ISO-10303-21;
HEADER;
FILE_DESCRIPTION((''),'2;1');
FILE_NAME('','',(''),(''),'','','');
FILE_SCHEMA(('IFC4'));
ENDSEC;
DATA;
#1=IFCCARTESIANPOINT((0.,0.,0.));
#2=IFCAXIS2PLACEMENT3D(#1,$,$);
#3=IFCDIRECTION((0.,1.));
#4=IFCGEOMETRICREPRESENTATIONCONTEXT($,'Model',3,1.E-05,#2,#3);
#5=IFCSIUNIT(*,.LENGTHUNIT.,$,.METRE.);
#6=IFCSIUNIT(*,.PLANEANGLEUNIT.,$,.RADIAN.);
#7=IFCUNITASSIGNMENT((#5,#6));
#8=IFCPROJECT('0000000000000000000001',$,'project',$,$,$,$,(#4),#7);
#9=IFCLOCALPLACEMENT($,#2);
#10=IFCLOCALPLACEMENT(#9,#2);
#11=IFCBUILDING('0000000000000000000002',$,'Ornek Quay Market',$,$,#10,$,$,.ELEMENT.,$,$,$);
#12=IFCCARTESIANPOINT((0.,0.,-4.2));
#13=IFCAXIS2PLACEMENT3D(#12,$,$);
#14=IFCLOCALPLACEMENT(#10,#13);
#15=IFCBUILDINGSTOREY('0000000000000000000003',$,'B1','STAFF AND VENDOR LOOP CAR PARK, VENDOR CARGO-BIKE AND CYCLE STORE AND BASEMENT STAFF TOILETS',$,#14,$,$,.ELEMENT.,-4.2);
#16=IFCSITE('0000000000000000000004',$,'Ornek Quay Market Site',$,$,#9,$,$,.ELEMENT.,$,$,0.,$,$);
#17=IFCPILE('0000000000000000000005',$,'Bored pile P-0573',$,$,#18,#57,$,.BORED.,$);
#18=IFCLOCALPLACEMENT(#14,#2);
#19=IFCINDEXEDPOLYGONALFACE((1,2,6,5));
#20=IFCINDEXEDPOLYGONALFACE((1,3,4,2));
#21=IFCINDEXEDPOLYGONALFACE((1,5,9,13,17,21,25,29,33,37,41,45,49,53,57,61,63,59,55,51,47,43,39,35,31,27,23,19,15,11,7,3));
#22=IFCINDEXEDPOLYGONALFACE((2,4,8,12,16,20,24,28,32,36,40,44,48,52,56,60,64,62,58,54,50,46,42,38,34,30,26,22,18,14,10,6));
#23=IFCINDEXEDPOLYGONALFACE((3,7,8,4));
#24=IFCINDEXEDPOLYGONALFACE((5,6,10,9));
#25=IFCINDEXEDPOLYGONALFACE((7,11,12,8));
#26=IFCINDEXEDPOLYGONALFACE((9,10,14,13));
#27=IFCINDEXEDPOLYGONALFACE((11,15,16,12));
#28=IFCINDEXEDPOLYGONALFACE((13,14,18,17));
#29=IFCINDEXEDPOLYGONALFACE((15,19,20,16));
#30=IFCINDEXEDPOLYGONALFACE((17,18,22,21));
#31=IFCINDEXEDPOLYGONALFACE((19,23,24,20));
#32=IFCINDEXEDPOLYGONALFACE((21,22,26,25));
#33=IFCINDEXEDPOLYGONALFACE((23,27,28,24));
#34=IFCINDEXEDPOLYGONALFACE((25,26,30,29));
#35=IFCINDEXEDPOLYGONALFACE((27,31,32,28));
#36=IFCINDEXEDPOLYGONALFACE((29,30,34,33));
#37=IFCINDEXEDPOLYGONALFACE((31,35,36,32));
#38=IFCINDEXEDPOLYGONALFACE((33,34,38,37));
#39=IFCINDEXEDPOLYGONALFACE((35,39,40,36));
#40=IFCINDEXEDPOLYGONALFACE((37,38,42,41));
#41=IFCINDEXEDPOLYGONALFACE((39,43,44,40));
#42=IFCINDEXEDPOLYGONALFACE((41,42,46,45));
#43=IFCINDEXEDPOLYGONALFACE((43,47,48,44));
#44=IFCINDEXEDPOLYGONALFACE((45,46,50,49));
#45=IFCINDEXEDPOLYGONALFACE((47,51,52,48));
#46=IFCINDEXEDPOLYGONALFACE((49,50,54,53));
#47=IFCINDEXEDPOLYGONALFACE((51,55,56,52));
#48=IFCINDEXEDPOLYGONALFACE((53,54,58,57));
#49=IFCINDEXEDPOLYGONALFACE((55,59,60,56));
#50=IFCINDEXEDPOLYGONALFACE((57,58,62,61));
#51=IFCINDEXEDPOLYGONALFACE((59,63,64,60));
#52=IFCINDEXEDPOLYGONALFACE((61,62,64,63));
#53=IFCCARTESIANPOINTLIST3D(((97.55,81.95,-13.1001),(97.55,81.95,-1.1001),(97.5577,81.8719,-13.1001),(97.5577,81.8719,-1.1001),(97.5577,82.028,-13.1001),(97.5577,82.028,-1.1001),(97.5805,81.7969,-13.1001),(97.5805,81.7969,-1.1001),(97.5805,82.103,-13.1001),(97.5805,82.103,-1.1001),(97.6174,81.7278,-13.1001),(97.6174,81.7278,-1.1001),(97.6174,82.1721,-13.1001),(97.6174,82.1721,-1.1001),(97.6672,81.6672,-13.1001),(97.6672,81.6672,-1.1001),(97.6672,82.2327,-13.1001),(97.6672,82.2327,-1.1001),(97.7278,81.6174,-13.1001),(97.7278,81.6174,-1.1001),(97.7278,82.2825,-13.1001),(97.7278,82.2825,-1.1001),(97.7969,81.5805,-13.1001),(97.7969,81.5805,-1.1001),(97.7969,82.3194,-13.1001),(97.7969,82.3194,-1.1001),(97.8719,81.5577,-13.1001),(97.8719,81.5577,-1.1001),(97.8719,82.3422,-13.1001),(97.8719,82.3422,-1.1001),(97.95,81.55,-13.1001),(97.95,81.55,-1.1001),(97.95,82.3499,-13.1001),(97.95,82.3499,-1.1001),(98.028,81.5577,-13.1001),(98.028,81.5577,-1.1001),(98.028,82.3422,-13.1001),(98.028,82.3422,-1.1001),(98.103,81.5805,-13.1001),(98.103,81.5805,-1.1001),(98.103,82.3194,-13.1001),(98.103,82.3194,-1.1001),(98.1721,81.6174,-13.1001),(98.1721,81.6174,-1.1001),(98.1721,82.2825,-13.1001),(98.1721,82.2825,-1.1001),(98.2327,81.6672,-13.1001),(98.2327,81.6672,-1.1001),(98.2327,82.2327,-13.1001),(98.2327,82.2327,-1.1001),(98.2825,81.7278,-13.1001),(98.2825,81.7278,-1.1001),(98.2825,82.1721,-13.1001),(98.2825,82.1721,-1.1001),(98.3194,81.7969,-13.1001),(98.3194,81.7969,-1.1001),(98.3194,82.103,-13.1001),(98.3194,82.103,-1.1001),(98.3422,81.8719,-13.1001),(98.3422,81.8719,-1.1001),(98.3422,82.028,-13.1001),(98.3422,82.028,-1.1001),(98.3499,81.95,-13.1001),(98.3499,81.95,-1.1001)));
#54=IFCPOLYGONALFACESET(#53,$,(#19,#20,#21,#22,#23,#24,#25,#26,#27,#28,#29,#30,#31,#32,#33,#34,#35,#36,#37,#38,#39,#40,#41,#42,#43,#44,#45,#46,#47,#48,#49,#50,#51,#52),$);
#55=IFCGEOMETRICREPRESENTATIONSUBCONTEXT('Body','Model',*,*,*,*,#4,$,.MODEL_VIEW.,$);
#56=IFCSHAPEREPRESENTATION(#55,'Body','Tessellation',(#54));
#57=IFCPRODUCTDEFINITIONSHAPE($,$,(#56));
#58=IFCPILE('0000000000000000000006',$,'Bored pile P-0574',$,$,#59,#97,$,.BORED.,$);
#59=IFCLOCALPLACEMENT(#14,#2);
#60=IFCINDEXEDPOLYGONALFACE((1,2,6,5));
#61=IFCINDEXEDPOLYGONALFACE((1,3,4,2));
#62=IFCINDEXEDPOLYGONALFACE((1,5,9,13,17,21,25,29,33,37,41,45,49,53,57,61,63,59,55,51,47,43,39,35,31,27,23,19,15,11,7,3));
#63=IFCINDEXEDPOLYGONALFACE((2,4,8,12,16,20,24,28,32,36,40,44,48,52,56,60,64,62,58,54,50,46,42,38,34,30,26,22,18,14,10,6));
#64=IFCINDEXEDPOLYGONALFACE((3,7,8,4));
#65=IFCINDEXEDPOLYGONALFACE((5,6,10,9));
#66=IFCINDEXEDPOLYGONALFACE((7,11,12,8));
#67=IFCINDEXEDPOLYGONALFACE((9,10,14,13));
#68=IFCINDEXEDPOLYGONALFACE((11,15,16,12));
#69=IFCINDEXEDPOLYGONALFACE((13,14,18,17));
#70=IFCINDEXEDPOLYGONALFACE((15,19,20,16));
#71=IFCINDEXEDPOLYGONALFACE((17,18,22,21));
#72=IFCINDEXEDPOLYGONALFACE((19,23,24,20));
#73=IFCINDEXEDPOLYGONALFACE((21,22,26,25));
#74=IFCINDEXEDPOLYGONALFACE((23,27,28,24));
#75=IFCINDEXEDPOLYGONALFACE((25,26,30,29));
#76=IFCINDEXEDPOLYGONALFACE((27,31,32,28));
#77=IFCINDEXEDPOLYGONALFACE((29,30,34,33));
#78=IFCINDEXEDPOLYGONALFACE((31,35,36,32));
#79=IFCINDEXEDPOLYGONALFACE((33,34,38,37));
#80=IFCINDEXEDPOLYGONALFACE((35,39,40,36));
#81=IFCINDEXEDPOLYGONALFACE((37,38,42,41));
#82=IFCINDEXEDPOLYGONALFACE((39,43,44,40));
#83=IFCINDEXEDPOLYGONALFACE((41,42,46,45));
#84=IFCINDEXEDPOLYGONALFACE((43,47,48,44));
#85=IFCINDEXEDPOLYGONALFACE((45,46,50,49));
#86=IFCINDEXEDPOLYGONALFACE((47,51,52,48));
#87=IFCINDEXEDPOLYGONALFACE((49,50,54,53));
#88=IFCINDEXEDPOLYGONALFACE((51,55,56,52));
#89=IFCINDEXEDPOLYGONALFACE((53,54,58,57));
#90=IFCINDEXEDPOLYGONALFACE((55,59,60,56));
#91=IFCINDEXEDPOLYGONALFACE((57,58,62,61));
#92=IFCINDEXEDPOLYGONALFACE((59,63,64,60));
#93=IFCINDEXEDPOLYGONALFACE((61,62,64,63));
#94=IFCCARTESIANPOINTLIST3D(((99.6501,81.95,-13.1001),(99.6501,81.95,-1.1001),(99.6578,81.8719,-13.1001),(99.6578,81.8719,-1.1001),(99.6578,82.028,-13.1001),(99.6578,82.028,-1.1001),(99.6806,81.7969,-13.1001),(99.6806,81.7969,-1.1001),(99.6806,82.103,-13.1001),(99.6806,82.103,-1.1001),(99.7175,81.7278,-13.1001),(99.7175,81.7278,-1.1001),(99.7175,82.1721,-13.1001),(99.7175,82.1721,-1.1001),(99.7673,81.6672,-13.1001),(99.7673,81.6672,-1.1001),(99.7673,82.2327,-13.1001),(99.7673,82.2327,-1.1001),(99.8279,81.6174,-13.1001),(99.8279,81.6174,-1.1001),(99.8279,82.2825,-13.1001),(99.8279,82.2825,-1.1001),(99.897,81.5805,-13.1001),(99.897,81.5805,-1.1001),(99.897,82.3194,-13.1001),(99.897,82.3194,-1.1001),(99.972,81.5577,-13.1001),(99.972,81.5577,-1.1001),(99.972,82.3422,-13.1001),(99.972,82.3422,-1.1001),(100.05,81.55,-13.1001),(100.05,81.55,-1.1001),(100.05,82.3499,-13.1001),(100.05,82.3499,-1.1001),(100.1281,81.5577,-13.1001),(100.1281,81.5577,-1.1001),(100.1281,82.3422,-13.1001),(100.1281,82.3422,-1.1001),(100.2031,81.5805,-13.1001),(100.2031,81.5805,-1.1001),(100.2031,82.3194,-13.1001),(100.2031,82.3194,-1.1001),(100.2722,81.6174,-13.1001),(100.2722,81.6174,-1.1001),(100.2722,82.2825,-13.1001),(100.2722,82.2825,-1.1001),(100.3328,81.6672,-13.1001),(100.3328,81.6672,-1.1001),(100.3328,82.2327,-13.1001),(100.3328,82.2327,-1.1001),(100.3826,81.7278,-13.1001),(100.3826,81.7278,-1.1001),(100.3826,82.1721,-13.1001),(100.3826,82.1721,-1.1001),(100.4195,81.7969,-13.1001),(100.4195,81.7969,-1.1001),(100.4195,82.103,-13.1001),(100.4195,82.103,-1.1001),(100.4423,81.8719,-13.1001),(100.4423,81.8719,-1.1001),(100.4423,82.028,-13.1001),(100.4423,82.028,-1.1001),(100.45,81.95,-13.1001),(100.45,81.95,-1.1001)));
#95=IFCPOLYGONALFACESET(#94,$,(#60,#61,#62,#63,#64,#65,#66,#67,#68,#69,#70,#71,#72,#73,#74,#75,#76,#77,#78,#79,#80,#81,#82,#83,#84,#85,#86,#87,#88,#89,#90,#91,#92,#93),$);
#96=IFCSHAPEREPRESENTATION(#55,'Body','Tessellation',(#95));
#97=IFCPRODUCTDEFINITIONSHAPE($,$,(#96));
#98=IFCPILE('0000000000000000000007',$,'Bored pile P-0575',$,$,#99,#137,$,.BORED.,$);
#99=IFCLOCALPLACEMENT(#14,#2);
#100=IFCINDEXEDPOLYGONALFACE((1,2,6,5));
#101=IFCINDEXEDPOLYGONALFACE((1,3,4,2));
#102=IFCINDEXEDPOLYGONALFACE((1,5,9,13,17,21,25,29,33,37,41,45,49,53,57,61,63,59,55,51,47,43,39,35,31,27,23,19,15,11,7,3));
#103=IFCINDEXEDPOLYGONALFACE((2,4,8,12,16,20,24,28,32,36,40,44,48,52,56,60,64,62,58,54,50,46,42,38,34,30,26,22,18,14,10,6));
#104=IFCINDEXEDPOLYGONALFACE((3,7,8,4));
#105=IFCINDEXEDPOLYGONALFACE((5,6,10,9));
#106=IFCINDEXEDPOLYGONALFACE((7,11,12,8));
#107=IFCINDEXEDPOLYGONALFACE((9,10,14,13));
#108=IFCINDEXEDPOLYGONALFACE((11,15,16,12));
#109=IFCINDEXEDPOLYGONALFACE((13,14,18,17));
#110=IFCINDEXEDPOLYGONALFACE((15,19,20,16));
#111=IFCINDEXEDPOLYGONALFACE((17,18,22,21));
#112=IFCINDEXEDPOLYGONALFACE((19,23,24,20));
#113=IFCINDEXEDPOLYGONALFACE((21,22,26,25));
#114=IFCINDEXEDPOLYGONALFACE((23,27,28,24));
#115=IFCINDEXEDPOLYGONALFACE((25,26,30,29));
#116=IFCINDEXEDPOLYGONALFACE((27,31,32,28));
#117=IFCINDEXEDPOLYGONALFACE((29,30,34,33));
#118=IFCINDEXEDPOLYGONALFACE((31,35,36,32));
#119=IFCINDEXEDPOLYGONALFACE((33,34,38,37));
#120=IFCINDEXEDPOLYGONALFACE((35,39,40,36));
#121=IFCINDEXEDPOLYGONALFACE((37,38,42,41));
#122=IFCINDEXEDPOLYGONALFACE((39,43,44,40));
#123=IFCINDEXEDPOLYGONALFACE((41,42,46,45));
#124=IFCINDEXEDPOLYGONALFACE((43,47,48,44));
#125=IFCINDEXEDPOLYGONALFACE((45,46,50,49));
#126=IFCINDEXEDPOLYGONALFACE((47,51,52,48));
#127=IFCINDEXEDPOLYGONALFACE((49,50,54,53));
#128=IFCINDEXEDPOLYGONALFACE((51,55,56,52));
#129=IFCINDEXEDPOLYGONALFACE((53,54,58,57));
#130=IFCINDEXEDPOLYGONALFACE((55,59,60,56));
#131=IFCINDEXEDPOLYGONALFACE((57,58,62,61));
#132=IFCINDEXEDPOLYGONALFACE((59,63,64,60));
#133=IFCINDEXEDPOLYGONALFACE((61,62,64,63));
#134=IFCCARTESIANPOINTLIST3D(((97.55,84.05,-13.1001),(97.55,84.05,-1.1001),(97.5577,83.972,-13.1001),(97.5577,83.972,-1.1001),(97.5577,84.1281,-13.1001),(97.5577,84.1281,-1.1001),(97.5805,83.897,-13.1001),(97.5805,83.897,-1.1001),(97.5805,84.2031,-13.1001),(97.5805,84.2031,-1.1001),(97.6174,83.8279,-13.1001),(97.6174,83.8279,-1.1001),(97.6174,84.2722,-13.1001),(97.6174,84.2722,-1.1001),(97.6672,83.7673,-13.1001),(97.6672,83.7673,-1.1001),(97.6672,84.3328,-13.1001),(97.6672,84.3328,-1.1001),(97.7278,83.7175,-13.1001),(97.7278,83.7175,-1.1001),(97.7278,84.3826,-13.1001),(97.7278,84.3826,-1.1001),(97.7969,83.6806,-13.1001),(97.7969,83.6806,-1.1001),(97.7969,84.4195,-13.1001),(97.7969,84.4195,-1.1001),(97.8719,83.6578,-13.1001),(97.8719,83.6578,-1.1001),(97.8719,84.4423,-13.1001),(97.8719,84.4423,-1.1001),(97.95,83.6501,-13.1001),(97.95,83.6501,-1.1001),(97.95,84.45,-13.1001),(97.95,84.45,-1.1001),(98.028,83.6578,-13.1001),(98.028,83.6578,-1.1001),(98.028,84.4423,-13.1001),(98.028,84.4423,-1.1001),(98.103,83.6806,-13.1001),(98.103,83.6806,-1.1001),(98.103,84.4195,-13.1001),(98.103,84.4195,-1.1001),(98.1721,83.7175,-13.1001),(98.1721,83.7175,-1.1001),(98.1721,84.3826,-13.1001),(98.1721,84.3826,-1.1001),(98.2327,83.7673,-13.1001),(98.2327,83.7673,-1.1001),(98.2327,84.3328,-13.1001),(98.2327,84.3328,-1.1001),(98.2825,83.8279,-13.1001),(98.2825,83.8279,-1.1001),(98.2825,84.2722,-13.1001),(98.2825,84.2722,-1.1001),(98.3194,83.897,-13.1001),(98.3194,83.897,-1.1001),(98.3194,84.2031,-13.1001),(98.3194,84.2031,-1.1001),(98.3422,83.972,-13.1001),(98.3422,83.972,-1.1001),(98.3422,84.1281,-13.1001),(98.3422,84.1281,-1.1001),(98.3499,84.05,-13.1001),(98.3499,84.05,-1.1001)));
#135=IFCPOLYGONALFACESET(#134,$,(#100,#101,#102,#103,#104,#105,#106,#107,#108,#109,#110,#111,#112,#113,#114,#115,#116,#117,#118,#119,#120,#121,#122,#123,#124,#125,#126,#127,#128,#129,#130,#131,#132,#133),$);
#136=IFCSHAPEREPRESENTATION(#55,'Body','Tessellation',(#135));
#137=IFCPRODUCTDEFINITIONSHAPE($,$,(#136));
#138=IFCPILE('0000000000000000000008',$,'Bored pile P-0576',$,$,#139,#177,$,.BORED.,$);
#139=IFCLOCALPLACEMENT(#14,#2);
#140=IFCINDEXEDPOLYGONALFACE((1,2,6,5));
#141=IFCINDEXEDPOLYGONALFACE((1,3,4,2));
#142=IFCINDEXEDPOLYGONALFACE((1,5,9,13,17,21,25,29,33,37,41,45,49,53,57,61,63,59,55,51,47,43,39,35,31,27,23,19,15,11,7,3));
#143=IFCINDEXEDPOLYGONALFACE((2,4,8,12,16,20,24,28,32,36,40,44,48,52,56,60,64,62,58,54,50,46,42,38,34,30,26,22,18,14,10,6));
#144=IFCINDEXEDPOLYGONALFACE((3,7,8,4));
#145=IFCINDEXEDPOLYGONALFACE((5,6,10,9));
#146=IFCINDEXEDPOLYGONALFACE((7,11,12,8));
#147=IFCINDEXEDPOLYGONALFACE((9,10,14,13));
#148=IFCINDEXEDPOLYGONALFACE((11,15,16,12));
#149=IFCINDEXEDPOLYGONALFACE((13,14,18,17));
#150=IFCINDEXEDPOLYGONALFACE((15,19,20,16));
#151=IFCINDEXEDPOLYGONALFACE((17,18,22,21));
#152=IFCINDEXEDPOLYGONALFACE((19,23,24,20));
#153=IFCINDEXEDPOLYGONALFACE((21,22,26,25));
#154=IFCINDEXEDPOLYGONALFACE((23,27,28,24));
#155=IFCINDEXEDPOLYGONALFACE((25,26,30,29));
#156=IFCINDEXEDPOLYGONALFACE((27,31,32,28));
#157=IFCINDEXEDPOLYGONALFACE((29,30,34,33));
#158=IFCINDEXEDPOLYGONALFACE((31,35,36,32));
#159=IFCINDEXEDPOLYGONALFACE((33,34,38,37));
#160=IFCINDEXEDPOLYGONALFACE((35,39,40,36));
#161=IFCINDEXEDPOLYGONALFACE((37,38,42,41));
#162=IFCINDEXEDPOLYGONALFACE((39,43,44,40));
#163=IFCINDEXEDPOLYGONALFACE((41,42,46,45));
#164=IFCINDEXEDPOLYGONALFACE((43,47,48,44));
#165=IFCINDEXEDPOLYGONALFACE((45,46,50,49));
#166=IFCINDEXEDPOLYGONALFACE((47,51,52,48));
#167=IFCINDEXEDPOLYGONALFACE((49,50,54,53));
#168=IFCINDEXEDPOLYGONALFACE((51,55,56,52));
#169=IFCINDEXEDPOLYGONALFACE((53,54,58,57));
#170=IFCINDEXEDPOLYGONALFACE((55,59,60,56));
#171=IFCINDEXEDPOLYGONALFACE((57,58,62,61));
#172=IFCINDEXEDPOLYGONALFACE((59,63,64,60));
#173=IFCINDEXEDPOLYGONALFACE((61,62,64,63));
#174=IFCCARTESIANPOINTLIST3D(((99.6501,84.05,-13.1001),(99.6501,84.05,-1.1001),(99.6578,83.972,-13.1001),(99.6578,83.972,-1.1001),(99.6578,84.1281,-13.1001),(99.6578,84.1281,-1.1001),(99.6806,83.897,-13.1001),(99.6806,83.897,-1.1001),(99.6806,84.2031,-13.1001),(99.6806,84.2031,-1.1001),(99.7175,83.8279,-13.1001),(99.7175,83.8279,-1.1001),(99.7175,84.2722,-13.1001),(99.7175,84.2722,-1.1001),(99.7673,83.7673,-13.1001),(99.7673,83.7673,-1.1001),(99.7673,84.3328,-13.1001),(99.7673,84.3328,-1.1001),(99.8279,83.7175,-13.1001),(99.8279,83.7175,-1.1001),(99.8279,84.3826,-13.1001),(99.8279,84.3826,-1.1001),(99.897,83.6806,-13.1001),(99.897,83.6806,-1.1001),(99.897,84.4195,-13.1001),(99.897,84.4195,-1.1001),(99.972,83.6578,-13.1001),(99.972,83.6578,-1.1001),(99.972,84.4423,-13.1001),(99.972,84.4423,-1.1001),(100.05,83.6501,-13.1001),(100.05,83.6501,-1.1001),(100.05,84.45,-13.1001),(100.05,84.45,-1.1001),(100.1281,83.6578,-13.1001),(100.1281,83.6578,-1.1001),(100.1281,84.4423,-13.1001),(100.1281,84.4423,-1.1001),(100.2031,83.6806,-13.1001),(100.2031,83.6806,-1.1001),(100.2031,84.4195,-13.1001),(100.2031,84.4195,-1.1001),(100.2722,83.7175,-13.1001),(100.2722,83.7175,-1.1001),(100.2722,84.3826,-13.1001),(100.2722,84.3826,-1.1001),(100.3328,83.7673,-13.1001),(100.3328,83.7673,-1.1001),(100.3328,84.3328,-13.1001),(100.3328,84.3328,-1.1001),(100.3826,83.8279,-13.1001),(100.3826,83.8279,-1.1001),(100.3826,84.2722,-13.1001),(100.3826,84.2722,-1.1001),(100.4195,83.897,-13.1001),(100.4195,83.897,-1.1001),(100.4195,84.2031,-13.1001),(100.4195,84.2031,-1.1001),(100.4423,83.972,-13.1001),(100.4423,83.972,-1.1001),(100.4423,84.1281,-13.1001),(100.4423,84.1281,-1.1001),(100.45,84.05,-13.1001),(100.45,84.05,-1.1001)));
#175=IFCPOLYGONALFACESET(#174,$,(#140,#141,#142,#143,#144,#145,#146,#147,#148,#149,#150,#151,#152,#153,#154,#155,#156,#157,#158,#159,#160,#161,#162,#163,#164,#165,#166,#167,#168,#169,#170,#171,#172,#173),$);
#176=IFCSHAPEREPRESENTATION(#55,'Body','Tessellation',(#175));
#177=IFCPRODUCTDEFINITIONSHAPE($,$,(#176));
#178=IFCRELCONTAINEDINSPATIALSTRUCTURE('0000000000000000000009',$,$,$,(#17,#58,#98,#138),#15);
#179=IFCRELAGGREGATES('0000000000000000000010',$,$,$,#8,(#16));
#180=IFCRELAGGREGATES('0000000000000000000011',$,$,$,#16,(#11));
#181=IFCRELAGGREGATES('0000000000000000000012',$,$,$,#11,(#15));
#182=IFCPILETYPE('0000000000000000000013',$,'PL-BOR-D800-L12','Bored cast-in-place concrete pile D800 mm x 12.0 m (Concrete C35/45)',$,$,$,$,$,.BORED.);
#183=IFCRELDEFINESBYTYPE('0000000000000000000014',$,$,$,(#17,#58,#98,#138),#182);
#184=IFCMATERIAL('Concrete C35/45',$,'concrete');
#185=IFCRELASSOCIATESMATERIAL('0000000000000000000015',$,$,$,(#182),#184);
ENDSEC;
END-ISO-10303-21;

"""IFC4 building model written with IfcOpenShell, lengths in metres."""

from ifc_helpers import new_model, si_unit, direction, frame, origin, origin_2d, place, context, subcontext, project, spatial, circle, extrude, material, material_profile, profile_set, type_object, element, save


model = new_model("IFC4")

# Units and contexts
model_context = context("Model", 3, precision=1e-05, world=origin(), true_north=direction((0.0, 1.0)))
body_context = subcontext(model_context, "Body", "Model", "MODEL_VIEW")
ifc_project = project(units=[si_unit("LENGTHUNIT", "METRE"), si_unit("PLANEANGLEUNIT", "RADIAN")], contexts=[model_context])

# Site, building, storey
site_placement = place(None, origin())
site = spatial("IfcSite", under=ifc_project, at=site_placement, Name="Ornek Quay Market Site", CompositionType="ELEMENT", RefElevation=0.0)
building_placement = place(site_placement, origin())
building = spatial("IfcBuilding", under=site, at=building_placement, Name="Ornek Quay Market", CompositionType="ELEMENT")
storey_placement = place(building_placement, frame((0.0, 0.0, -4.2)))
storey = spatial("IfcBuildingStorey", under=building, at=storey_placement, Name="B1", Description="STAFF AND VENDOR LOOP CAR PARK, VENDOR CARGO-BIKE AND CYCLE STORE AND BASEMENT STAFF TOILETS", CompositionType="ELEMENT", Elevation=-4.2)

# Piles
ifc_material_1 = material(Name="Concrete C35/45", Category="concrete")
ifc_material_profile_1 = material_profile(ifc_material_1, circle(Radius=0.3999, at=origin_2d()), Name="PILE D800", Category="concrete")
ifc_profile_set_1 = profile_set([ifc_material_profile_1], Name="Concrete C35/45")
pile_type_1 = type_object("IfcPileType", Name="PL-BOR-D800-L12", Description="Bored cast-in-place concrete pile D800 mm x 12.0 m (Concrete C35/45)", PredefinedType="BORED", material=ifc_profile_set_1)
for number, where, z_axis, x_axis, name in (
    (1, (97.95, 81.95, -1.1001), (0.0, 0.0, -1.0), (1.0, 0.0, 0.0), "Bored pile P-0573"),
    (2, (100.05, 81.95, -1.1001), (0.0, 0.0, -1.0), (1.0, 0.0, 0.0), "Bored pile P-0574"),
    (3, (97.95, 84.05, -1.1001), (0.0, 0.0, -1.0), (1.0, 0.0, 0.0), "Bored pile P-0575"),
    (4, (100.05, 84.05, -1.1001), (0.0, 0.0, -1.0), (1.0, 0.0, 0.0), "Bored pile P-0576"),
):
    element("IfcPile", number, at=place(storey_placement, frame(where, z_axis=z_axis, x_axis=x_axis)), inside=storey, type_object=pile_type_1, Name=name, PredefinedType="BORED", context=body_context, shape_type="SweptSolid", body=[
        extrude(circle(Radius=0.3999, at=origin_2d()), origin(), (0.0, 0.0, 1.0), 12.0),
    ])

save(model, "model.ifc")
